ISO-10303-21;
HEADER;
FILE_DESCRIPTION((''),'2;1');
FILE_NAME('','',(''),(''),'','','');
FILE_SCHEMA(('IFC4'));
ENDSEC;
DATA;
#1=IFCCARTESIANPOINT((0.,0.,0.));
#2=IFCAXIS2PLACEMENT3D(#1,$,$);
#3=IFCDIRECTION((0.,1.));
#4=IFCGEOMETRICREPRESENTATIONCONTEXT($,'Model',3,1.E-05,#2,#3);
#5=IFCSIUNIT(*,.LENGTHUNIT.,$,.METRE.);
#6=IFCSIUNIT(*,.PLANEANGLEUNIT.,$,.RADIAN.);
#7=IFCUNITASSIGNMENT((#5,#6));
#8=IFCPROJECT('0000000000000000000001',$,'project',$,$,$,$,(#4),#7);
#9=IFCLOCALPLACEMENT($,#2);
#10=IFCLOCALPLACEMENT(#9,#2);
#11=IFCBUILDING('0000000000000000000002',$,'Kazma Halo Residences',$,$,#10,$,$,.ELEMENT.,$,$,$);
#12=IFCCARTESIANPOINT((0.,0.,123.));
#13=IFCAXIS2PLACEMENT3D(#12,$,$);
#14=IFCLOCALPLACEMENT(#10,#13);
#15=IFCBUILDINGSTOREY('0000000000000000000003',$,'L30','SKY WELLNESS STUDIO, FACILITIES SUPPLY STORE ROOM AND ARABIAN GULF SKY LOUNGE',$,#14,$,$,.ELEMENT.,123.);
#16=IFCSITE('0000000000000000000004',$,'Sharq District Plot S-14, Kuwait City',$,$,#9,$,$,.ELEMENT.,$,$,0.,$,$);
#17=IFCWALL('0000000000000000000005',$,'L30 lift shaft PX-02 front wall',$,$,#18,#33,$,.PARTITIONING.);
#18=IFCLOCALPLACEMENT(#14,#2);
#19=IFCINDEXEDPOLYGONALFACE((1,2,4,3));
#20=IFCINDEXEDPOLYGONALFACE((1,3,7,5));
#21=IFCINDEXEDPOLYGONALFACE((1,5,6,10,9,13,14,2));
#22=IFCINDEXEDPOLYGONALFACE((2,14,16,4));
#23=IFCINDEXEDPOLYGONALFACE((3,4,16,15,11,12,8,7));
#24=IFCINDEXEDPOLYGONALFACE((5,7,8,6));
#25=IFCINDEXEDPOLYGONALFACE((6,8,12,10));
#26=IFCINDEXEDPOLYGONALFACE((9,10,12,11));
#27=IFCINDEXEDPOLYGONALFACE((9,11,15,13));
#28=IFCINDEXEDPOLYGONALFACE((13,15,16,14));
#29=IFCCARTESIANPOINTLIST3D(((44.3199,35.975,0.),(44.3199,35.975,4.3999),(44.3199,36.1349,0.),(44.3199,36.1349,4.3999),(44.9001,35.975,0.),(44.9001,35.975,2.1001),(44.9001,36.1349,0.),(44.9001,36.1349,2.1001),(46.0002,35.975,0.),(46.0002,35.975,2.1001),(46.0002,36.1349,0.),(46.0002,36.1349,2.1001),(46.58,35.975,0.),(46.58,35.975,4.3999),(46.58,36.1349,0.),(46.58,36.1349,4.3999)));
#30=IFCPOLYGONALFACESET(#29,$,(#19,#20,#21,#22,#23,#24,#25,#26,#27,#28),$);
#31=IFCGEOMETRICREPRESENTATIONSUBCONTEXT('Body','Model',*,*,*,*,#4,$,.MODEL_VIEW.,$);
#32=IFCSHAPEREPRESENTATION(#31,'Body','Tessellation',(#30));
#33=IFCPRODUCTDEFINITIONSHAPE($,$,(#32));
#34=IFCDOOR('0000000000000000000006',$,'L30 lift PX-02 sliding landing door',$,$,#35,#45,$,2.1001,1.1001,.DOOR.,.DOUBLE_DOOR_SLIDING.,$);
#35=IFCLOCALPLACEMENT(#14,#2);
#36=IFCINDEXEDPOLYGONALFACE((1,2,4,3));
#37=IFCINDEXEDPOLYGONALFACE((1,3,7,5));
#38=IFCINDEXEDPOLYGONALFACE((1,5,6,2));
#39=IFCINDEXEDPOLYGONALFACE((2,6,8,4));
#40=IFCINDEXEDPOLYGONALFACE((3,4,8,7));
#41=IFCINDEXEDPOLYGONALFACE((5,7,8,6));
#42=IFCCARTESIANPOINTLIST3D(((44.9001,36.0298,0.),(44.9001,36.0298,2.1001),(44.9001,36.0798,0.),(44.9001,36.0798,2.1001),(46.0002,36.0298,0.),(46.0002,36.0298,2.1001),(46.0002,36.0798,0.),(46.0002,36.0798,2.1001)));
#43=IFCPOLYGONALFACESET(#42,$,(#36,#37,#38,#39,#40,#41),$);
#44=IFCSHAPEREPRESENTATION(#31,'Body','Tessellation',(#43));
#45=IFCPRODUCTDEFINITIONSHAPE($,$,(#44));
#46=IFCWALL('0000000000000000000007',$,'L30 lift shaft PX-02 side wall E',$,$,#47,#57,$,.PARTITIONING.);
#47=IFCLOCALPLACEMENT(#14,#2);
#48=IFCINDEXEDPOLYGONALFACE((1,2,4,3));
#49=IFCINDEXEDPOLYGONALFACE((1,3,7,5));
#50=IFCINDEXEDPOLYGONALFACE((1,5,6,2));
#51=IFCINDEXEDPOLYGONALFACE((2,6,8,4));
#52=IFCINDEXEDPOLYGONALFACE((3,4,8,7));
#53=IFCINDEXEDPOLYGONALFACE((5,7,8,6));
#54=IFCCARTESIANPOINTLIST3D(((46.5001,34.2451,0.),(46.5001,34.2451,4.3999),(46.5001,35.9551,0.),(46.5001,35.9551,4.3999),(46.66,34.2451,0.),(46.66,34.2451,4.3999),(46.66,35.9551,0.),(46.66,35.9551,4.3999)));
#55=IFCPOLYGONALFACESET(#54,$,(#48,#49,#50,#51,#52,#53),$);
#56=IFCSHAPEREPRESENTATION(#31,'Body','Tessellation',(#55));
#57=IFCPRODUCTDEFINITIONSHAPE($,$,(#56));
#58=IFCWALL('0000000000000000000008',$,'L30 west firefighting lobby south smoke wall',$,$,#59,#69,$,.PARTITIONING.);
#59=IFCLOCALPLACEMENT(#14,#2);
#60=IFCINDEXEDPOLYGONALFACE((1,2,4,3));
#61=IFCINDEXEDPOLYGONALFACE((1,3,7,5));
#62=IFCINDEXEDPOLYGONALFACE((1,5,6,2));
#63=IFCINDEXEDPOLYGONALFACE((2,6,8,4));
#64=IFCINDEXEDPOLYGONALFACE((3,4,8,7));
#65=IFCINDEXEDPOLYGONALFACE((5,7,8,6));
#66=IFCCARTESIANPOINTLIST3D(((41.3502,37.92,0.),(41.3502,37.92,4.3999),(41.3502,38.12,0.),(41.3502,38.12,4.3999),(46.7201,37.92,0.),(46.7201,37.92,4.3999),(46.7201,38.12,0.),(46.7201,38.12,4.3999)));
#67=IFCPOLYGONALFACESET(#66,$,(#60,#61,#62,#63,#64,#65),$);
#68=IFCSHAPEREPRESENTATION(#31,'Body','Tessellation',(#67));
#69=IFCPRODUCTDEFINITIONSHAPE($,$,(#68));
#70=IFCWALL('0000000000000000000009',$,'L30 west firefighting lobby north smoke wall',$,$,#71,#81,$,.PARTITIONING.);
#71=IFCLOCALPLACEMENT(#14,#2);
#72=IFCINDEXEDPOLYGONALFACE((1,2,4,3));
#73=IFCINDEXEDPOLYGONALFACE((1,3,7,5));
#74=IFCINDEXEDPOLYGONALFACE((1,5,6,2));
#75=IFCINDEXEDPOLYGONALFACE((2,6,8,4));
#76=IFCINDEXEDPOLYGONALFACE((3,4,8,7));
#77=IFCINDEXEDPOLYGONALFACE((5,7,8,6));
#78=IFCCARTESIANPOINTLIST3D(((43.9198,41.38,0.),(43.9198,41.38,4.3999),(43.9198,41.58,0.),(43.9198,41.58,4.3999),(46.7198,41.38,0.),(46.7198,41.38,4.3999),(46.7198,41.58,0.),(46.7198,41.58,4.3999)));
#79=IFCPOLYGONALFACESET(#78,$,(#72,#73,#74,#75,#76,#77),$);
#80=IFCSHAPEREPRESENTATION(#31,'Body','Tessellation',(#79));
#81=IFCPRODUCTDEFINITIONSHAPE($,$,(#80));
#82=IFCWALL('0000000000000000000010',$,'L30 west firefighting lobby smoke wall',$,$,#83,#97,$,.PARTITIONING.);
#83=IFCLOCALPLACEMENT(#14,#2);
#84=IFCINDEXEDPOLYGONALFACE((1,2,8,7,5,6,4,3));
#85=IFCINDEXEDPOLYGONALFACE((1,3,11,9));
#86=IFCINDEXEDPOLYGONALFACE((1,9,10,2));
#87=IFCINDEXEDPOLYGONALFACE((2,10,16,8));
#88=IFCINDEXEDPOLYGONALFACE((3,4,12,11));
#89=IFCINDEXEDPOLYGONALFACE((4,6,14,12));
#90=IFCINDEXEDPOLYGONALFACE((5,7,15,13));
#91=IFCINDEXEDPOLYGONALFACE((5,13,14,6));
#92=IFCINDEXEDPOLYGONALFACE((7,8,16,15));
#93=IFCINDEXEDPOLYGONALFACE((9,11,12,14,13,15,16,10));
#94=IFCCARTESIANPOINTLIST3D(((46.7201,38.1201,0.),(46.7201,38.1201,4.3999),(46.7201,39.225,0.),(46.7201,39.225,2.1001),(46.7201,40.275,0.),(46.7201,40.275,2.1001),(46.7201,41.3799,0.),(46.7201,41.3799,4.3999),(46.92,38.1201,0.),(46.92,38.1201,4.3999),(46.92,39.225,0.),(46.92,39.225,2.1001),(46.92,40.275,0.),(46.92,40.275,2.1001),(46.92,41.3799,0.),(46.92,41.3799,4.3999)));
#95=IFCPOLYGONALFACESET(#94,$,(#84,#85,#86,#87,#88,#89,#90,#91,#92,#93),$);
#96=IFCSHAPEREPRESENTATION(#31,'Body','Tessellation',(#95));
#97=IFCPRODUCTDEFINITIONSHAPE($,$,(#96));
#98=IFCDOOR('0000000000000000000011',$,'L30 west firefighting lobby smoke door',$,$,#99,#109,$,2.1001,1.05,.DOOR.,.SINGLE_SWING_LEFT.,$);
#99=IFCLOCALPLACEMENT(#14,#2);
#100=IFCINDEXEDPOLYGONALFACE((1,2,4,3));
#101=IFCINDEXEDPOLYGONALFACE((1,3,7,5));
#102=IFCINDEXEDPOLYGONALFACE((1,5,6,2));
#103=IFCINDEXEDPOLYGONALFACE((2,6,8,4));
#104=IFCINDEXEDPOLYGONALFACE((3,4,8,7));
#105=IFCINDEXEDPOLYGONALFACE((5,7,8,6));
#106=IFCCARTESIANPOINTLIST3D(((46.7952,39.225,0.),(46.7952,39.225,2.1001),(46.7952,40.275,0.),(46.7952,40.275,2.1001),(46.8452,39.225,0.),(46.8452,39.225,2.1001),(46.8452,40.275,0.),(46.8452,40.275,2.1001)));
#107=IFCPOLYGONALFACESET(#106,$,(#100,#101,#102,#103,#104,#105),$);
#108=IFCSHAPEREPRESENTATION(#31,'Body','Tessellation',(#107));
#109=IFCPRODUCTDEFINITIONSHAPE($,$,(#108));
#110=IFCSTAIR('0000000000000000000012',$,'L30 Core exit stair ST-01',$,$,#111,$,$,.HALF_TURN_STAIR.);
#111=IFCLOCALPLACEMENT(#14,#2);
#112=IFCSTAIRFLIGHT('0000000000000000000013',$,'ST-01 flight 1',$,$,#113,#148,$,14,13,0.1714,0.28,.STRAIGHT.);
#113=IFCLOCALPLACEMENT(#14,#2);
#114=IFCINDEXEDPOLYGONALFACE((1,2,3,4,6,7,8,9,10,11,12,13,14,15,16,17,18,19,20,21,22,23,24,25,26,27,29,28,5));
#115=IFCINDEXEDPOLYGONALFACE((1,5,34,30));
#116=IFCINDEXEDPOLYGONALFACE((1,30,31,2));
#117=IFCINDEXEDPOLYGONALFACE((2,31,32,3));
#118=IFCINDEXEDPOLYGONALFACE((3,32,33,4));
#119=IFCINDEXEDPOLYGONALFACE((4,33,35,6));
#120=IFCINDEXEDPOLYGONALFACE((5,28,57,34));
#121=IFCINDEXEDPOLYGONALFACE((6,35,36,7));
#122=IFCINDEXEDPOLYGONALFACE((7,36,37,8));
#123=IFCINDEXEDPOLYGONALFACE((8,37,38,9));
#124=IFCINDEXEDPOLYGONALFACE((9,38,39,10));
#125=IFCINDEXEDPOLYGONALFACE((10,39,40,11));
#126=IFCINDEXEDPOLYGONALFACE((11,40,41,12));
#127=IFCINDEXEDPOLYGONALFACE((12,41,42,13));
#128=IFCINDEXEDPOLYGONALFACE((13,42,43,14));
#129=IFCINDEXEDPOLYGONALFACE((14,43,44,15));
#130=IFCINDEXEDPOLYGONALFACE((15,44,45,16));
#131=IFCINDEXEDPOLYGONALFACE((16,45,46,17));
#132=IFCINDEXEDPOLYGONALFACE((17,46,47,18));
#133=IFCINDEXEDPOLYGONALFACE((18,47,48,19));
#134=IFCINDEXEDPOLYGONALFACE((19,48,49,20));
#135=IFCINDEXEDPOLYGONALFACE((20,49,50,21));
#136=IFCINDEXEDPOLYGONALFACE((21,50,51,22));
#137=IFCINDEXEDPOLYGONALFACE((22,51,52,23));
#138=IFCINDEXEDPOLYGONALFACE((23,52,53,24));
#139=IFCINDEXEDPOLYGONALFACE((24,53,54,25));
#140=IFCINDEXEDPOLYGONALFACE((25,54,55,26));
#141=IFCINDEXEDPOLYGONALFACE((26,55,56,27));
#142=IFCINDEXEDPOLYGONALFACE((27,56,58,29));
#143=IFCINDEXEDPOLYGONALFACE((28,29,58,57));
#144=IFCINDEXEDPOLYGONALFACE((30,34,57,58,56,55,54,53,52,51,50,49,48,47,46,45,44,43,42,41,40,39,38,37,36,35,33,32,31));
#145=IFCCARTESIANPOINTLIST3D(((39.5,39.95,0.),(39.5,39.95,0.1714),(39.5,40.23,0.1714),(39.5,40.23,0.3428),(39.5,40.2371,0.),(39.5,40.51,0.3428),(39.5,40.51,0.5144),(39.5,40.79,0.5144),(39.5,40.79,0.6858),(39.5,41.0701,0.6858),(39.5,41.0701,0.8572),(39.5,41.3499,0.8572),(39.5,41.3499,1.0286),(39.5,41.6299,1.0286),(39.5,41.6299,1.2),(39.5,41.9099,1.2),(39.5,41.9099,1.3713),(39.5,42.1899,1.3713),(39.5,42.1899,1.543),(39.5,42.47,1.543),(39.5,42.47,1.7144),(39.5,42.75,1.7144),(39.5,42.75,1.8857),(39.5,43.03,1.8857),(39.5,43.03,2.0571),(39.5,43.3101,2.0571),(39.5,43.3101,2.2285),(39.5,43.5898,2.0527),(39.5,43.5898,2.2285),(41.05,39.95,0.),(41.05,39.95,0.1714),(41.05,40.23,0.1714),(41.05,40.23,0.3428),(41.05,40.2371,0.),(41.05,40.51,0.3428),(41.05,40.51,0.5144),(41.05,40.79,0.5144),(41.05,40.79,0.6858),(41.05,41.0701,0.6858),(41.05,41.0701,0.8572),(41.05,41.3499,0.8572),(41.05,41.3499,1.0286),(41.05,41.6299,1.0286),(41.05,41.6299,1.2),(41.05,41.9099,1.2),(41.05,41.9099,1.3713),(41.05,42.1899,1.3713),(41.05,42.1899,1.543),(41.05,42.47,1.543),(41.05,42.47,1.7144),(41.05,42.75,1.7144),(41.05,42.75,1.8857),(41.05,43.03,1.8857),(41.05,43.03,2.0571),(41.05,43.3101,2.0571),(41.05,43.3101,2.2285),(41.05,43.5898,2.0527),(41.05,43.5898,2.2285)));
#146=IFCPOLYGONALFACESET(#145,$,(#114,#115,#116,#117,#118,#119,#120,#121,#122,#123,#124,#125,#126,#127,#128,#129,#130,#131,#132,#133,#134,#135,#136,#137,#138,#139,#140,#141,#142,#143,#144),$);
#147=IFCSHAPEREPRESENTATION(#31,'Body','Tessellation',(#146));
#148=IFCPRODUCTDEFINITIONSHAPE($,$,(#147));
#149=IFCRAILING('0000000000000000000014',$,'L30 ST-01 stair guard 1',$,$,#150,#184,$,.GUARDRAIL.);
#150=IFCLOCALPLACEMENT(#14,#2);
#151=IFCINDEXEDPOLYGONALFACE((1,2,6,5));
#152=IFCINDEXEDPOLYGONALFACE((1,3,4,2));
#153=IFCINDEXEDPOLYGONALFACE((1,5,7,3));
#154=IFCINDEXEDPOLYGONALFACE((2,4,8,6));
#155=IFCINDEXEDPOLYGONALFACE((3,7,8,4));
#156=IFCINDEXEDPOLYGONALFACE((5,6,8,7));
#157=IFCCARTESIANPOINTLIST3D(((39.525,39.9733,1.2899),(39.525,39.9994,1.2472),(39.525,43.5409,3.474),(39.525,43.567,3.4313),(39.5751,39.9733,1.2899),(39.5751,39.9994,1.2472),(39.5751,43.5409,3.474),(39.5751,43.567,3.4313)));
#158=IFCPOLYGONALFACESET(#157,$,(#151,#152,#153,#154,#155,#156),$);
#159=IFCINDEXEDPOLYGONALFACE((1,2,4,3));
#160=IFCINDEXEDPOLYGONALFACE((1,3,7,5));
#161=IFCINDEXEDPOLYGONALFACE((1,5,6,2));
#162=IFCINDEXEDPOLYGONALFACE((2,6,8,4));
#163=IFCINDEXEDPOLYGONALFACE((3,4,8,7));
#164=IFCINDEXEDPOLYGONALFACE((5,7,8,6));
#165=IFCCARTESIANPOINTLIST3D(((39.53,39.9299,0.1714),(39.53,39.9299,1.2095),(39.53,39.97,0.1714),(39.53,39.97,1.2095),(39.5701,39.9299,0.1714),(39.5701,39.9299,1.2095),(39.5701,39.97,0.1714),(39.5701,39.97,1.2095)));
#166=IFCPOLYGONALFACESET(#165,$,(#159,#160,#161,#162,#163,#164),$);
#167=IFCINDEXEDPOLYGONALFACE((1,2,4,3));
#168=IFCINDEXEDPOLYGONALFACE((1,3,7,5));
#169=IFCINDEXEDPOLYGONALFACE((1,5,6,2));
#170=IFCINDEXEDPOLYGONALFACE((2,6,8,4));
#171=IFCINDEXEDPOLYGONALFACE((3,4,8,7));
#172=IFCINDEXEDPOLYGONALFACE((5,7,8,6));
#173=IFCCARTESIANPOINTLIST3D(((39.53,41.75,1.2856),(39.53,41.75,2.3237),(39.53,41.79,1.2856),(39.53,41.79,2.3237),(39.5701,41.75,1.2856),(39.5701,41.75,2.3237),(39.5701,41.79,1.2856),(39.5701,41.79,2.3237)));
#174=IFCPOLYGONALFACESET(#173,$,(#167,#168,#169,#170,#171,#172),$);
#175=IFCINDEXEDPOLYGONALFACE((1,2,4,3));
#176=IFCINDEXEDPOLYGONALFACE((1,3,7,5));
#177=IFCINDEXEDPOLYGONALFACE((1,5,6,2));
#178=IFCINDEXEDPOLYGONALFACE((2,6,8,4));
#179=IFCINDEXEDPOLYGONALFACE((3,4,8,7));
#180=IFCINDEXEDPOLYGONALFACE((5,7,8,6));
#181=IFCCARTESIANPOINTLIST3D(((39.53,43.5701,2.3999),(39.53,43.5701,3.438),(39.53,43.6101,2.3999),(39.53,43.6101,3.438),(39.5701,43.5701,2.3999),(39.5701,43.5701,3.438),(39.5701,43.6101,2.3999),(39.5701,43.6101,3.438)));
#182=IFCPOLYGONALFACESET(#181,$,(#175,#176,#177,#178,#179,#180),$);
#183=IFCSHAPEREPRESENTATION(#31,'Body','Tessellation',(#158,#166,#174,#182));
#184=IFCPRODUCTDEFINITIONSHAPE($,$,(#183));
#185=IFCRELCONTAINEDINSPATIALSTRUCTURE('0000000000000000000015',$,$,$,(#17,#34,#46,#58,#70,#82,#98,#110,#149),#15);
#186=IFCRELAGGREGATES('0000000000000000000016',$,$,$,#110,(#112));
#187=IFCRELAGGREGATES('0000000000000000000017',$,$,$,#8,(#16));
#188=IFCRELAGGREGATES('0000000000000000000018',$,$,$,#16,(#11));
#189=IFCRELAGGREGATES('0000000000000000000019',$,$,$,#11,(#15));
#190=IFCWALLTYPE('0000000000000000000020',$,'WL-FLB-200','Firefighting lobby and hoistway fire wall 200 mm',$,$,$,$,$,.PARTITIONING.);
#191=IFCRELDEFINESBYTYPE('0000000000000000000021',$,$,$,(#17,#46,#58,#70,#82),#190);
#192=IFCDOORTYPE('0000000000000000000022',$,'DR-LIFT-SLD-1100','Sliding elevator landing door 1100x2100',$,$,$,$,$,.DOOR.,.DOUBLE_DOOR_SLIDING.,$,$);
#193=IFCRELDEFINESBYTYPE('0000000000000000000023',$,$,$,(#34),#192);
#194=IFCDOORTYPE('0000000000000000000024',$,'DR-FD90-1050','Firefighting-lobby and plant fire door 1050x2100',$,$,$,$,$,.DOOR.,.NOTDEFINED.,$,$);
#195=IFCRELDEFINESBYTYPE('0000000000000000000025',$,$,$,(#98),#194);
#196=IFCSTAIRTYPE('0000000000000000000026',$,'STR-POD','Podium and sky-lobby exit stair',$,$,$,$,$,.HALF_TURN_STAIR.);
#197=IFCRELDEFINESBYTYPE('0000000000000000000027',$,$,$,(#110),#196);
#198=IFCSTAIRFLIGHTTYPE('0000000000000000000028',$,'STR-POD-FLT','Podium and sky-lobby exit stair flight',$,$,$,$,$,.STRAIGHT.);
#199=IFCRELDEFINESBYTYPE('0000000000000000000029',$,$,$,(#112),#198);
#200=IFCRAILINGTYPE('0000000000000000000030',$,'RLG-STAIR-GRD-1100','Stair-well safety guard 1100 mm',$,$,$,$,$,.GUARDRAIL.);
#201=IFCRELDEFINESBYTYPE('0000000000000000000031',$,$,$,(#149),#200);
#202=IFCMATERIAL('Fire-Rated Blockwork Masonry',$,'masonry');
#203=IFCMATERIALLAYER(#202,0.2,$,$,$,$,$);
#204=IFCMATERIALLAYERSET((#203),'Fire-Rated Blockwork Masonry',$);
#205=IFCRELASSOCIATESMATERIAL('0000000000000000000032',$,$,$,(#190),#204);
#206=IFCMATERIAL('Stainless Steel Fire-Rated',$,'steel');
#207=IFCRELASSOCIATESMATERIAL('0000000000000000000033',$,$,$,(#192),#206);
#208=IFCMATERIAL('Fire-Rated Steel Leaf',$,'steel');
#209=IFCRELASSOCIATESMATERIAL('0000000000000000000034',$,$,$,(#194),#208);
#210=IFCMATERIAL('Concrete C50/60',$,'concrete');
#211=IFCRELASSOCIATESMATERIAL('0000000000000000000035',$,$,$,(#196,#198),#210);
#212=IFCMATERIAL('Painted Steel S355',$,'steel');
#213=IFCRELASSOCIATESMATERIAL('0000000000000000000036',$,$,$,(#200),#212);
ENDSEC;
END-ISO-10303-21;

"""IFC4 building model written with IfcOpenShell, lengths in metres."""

from ifc_helpers import new_model, si_unit, direction, frame, frame_2d, origin, origin_2d, place, context, subcontext, project, spatial, polyline, rectangle, outline, extrude, material, layer, layer_set, type_object, element, fill, aggregate, save


model = new_model("IFC4")

# Units and contexts
model_context = context("Model", 3, precision=1e-05, world=origin(), true_north=direction((0.0, 1.0)))
body_context = subcontext(model_context, "Body", "Model", "MODEL_VIEW")
ifc_project = project(units=[si_unit("LENGTHUNIT", "METRE"), si_unit("PLANEANGLEUNIT", "RADIAN")], contexts=[model_context])

# Site, building, storey
site_placement = place(None, origin())
site = spatial("IfcSite", under=ifc_project, at=site_placement, Name="Sharq District Plot S-14, Kuwait City", CompositionType="ELEMENT", RefElevation=0.0)
building_placement = place(site_placement, origin())
building = spatial("IfcBuilding", under=site, at=building_placement, Name="Kazma Halo Residences", CompositionType="ELEMENT")
storey_placement = place(building_placement, frame((0.0, 0.0, 123.0)))
storey = spatial("IfcBuildingStorey", under=building, at=storey_placement, Name="L30", Description="SKY WELLNESS STUDIO, FACILITIES SUPPLY STORE ROOM AND ARABIAN GULF SKY LOUNGE", CompositionType="ELEMENT", Elevation=123.0)

# Shared definitions
ifc_material_1 = material(Name="Fire-Rated Blockwork Masonry", Category="masonry")
ifc_layer_1 = layer(ifc_material_1, 0.2)
ifc_layer_set_1 = layer_set([ifc_layer_1], Name="Fire-Rated Blockwork Masonry")
wall_type_1 = type_object("IfcWallType", Name="WL-FLB-200", Description="Firefighting lobby and hoistway fire wall 200 mm", PredefinedType="PARTITIONING", material=ifc_layer_set_1)
ifc_material_2 = material(Name="Stainless Steel Fire-Rated", Category="steel")
door_type_1 = type_object("IfcDoorType", Name="DR-LIFT-SLD-1100", Description="Sliding elevator landing door 1100x2100", OperationType="DOUBLE_DOOR_SLIDING", PredefinedType="DOOR", material=ifc_material_2)

# Wall, opening, door
wall_1_placement = place(storey_placement, frame((44.3201, 36.0549, 0.0), z_axis=(0.0, 0.0, 1.0), x_axis=(1.0, 0.0, 0.0)))
wall_1 = element("IfcWall", 1, at=wall_1_placement, inside=storey, type_object=wall_type_1, Name="L30 lift shaft PX-02 front wall", PredefinedType="PARTITIONING", context=body_context, shape_type="SweptSolid", body=[
    extrude(rectangle(XDim=2.26, YDim=0.1599, at=frame_2d((1.1299, 0.0))), origin(), (0.0, 0.0, 1.0), 4.3999),
])
opening_1_placement = place(wall_1_placement, frame((0.5801, 0.0, 0.0)))
opening_1 = element("IfcOpeningElement", 2, at=opening_1_placement, cuts=wall_1, PredefinedType="OPENING", context=body_context, shape_type="SweptSolid", body=[
    extrude(rectangle(XDim=1.1001, YDim=2.1001, at=frame_2d((0.55, 1.05))), frame((0.0, 0.0898, 0.0), z_axis=(0.0, -1.0, 0.0), x_axis=(1.0, 0.0, 0.0)), (0.0, 0.0, 1.0), 0.1799),
])
door_1_placement = place(opening_1_placement, origin())
door_1 = element("IfcDoor", 3, at=door_1_placement, inside=storey, type_object=door_type_1, Name="L30 lift PX-02 sliding landing door", OperationType="DOUBLE_DOOR_SLIDING", OverallHeight=2.1001, OverallWidth=1.1001, PredefinedType="DOOR", context=body_context, shape_type="SweptSolid", body=[
    extrude(rectangle(XDim=1.1001, YDim=2.1001, at=frame_2d((0.55, 1.05))), frame((0.0, 0.0249, 0.0), z_axis=(0.0, -1.0, 0.0), x_axis=(1.0, 0.0, 0.0)), (0.0, 0.0, 1.0), 0.05),
])
fill(opening_1, door_1)

# Walls
wall_2_placement = place(storey_placement, frame((46.5801, 34.2451, 0.0), z_axis=(0.0, 0.0, 1.0), x_axis=(0.0, 1.0, 0.0)))
element("IfcWall", 4, at=wall_2_placement, inside=storey, type_object=wall_type_1, Name="L30 lift shaft PX-02 side wall E", PredefinedType="PARTITIONING", context=body_context, shape_type="SweptSolid", body=[
    extrude(rectangle(XDim=1.71, YDim=0.1599, at=frame_2d((0.855, 0.0))), origin(), (0.0, 0.0, 1.0), 4.3999),
])
wall_3_placement = place(storey_placement, frame((41.3501, 38.02, 0.0), z_axis=(0.0, 0.0, 1.0), x_axis=(1.0, 0.0, 0.0)))
element("IfcWall", 5, at=wall_3_placement, inside=storey, type_object=wall_type_1, Name="L30 west firefighting lobby south smoke wall", PredefinedType="PARTITIONING", context=body_context, shape_type="SweptSolid", body=[
    extrude(rectangle(XDim=5.3699, YDim=0.2, at=frame_2d((2.6851, 0.0))), origin(), (0.0, 0.0, 1.0), 4.3999),
])
wall_4_placement = place(storey_placement, frame((43.9199, 41.48, 0.0), z_axis=(0.0, 0.0, 1.0), x_axis=(1.0, 0.0, 0.0)))
element("IfcWall", 6, at=wall_4_placement, inside=storey, type_object=wall_type_1, Name="L30 west firefighting lobby north smoke wall", PredefinedType="PARTITIONING", context=body_context, shape_type="SweptSolid", body=[
    extrude(rectangle(XDim=2.8, YDim=0.2, at=frame_2d((1.3999, 0.0))), origin(), (0.0, 0.0, 1.0), 4.3999),
])

# Wall, opening, door
wall_5_placement = place(storey_placement, frame((46.8201, 38.1201, 0.0), z_axis=(0.0, 0.0, 1.0), x_axis=(0.0, 1.0, 0.0)))
wall_5 = element("IfcWall", 7, at=wall_5_placement, inside=storey, type_object=wall_type_1, Name="L30 west firefighting lobby smoke wall", PredefinedType="PARTITIONING", context=body_context, shape_type="SweptSolid", body=[
    extrude(rectangle(XDim=3.2598, YDim=0.2, at=frame_2d((1.6299, 0.0))), origin(), (0.0, 0.0, 1.0), 4.3999),
])
opening_2_placement = place(wall_5_placement, frame((1.105, 0.0, 0.0)))
opening_2 = element("IfcOpeningElement", 8, at=opening_2_placement, cuts=wall_5, PredefinedType="OPENING", context=body_context, shape_type="SweptSolid", body=[
    extrude(rectangle(XDim=1.05, YDim=2.1001, at=frame_2d((0.5249, 1.05))), frame((0.0, 0.1099, 0.0), z_axis=(0.0, -1.0, 0.0), x_axis=(1.0, 0.0, 0.0)), (0.0, 0.0, 1.0), 0.22),
])
ifc_material_3 = material(Name="Fire-Rated Steel Leaf", Category="steel")
door_type_2 = type_object("IfcDoorType", Name="DR-FD90-1050", Description="Firefighting-lobby and plant fire door 1050x2100", OperationType="NOTDEFINED", PredefinedType="DOOR", material=ifc_material_3)
door_2_placement = place(opening_2_placement, origin())
door_2 = element("IfcDoor", 9, at=door_2_placement, inside=storey, type_object=door_type_2, Name="L30 west firefighting lobby smoke door", OperationType="SINGLE_SWING_LEFT", OverallHeight=2.1001, OverallWidth=1.05, PredefinedType="DOOR", context=body_context, shape_type="SweptSolid", body=[
    extrude(rectangle(XDim=1.05, YDim=2.1001, at=frame_2d((0.5249, 1.05))), frame((0.0, 0.0249, 0.0), z_axis=(0.0, -1.0, 0.0), x_axis=(1.0, 0.0, 0.0)), (0.0, 0.0, 1.0), 0.05),
])
fill(opening_2, door_2)
ifc_material_4 = material(Name="Concrete C50/60", Category="concrete")

# Stair, stair flight
stair_type = type_object("IfcStairType", Name="STR-POD", Description="Podium and sky-lobby exit stair", PredefinedType="HALF_TURN_STAIR", material=ifc_material_4)
stair_placement = place(storey_placement, origin())
stair = element("IfcStair", 10, at=stair_placement, inside=storey, type_object=stair_type, Name="L30 Core exit stair ST-01", PredefinedType="HALF_TURN_STAIR")
stair_flight_type = type_object("IfcStairFlightType", Name="STR-POD-FLT", Description="Podium and sky-lobby exit stair flight", PredefinedType="STRAIGHT", material=ifc_material_4)
stair_flight_placement = place(storey_placement, frame((40.2749, 39.95, 0.0), z_axis=(0.0, 0.0, 1.0), x_axis=(0.0, 1.0, 0.0)))
stair_flight = element("IfcStairFlight", 11, at=stair_flight_placement, type_object=stair_flight_type, Name="ST-01 flight 1", NumberOfRisers=14, NumberOfTreads=13, PredefinedType="STRAIGHT", RiserHeight=0.1714, TreadLength=0.28, context=body_context, shape_type="SweptSolid", body=[
    extrude(outline(polyline([(0.0, 0.0), (0.0, 0.1714), (0.28, 0.1714), (0.28, 0.3428), (0.5601, 0.3428), (0.5601, 0.5144), (0.8401, 0.5144), (0.8401, 0.6858), (1.1201, 0.6858), (1.1201, 0.8572), (1.3999, 0.8572), (1.3999, 1.0286), (1.6799, 1.0286), (1.6799, 1.2), (1.96, 1.2), (1.96, 1.3713), (2.24, 1.3713), (2.24, 1.543), (2.52, 1.543), (2.52, 1.7144), (2.8, 1.7144), (2.8, 1.8857), (3.0801, 1.8857), (3.0801, 2.0571), (3.3601, 2.0571), (3.3601, 2.2285), (3.6399, 2.2285), (3.6399, 2.3999), (3.6399, 2.0527), (0.2871, 0.0), (0.0, 0.0)])), frame((0.0, 0.7749, 0.0), z_axis=(0.0, -1.0, 0.0), x_axis=(1.0, 0.0, 0.0)), (0.0, 0.0, 1.0), 1.55),
])
aggregate(stair, [stair_flight])

# Railing
ifc_material_5 = material(Name="Painted Steel S355", Category="steel")
railing_type_1 = type_object("IfcRailingType", Name="RLG-STAIR-GRD-1100", Description="Stair-well safety guard 1100 mm", PredefinedType="GUARDRAIL", material=ifc_material_5)
railing_1_placement = place(storey_placement, frame((39.55, 39.95, 0.1714)))
element("IfcRailing", 12, at=railing_1_placement, inside=storey, type_object=railing_type_1, Name="L30 ST-01 stair guard 1", PredefinedType="GUARDRAIL", context=body_context, shape_type="SweptSolid", body=[
    extrude(rectangle(XDim=0.05, YDim=0.05, at=origin_2d()), frame((0.0, 0.0364, 1.0972), z_axis=(0.0, 0.852866, 0.52213), x_axis=(-1.0, 0.0, 0.0)), (0.0, 0.0, 1.0), 4.1831),
    extrude(rectangle(XDim=0.04, YDim=0.04, at=origin_2d()), origin(), (0.0, 0.0, 1.0), 1.0381),
    extrude(rectangle(XDim=0.04, YDim=0.04, at=origin_2d()), frame((0.0, 1.8201, 1.1143)), (0.0, 0.0, 1.0), 1.0381),
    extrude(rectangle(XDim=0.04, YDim=0.04, at=origin_2d()), frame((0.0, 3.6401, 2.2285)), (0.0, 0.0, 1.0), 1.0381),
])

save(model, "model.ifc")
